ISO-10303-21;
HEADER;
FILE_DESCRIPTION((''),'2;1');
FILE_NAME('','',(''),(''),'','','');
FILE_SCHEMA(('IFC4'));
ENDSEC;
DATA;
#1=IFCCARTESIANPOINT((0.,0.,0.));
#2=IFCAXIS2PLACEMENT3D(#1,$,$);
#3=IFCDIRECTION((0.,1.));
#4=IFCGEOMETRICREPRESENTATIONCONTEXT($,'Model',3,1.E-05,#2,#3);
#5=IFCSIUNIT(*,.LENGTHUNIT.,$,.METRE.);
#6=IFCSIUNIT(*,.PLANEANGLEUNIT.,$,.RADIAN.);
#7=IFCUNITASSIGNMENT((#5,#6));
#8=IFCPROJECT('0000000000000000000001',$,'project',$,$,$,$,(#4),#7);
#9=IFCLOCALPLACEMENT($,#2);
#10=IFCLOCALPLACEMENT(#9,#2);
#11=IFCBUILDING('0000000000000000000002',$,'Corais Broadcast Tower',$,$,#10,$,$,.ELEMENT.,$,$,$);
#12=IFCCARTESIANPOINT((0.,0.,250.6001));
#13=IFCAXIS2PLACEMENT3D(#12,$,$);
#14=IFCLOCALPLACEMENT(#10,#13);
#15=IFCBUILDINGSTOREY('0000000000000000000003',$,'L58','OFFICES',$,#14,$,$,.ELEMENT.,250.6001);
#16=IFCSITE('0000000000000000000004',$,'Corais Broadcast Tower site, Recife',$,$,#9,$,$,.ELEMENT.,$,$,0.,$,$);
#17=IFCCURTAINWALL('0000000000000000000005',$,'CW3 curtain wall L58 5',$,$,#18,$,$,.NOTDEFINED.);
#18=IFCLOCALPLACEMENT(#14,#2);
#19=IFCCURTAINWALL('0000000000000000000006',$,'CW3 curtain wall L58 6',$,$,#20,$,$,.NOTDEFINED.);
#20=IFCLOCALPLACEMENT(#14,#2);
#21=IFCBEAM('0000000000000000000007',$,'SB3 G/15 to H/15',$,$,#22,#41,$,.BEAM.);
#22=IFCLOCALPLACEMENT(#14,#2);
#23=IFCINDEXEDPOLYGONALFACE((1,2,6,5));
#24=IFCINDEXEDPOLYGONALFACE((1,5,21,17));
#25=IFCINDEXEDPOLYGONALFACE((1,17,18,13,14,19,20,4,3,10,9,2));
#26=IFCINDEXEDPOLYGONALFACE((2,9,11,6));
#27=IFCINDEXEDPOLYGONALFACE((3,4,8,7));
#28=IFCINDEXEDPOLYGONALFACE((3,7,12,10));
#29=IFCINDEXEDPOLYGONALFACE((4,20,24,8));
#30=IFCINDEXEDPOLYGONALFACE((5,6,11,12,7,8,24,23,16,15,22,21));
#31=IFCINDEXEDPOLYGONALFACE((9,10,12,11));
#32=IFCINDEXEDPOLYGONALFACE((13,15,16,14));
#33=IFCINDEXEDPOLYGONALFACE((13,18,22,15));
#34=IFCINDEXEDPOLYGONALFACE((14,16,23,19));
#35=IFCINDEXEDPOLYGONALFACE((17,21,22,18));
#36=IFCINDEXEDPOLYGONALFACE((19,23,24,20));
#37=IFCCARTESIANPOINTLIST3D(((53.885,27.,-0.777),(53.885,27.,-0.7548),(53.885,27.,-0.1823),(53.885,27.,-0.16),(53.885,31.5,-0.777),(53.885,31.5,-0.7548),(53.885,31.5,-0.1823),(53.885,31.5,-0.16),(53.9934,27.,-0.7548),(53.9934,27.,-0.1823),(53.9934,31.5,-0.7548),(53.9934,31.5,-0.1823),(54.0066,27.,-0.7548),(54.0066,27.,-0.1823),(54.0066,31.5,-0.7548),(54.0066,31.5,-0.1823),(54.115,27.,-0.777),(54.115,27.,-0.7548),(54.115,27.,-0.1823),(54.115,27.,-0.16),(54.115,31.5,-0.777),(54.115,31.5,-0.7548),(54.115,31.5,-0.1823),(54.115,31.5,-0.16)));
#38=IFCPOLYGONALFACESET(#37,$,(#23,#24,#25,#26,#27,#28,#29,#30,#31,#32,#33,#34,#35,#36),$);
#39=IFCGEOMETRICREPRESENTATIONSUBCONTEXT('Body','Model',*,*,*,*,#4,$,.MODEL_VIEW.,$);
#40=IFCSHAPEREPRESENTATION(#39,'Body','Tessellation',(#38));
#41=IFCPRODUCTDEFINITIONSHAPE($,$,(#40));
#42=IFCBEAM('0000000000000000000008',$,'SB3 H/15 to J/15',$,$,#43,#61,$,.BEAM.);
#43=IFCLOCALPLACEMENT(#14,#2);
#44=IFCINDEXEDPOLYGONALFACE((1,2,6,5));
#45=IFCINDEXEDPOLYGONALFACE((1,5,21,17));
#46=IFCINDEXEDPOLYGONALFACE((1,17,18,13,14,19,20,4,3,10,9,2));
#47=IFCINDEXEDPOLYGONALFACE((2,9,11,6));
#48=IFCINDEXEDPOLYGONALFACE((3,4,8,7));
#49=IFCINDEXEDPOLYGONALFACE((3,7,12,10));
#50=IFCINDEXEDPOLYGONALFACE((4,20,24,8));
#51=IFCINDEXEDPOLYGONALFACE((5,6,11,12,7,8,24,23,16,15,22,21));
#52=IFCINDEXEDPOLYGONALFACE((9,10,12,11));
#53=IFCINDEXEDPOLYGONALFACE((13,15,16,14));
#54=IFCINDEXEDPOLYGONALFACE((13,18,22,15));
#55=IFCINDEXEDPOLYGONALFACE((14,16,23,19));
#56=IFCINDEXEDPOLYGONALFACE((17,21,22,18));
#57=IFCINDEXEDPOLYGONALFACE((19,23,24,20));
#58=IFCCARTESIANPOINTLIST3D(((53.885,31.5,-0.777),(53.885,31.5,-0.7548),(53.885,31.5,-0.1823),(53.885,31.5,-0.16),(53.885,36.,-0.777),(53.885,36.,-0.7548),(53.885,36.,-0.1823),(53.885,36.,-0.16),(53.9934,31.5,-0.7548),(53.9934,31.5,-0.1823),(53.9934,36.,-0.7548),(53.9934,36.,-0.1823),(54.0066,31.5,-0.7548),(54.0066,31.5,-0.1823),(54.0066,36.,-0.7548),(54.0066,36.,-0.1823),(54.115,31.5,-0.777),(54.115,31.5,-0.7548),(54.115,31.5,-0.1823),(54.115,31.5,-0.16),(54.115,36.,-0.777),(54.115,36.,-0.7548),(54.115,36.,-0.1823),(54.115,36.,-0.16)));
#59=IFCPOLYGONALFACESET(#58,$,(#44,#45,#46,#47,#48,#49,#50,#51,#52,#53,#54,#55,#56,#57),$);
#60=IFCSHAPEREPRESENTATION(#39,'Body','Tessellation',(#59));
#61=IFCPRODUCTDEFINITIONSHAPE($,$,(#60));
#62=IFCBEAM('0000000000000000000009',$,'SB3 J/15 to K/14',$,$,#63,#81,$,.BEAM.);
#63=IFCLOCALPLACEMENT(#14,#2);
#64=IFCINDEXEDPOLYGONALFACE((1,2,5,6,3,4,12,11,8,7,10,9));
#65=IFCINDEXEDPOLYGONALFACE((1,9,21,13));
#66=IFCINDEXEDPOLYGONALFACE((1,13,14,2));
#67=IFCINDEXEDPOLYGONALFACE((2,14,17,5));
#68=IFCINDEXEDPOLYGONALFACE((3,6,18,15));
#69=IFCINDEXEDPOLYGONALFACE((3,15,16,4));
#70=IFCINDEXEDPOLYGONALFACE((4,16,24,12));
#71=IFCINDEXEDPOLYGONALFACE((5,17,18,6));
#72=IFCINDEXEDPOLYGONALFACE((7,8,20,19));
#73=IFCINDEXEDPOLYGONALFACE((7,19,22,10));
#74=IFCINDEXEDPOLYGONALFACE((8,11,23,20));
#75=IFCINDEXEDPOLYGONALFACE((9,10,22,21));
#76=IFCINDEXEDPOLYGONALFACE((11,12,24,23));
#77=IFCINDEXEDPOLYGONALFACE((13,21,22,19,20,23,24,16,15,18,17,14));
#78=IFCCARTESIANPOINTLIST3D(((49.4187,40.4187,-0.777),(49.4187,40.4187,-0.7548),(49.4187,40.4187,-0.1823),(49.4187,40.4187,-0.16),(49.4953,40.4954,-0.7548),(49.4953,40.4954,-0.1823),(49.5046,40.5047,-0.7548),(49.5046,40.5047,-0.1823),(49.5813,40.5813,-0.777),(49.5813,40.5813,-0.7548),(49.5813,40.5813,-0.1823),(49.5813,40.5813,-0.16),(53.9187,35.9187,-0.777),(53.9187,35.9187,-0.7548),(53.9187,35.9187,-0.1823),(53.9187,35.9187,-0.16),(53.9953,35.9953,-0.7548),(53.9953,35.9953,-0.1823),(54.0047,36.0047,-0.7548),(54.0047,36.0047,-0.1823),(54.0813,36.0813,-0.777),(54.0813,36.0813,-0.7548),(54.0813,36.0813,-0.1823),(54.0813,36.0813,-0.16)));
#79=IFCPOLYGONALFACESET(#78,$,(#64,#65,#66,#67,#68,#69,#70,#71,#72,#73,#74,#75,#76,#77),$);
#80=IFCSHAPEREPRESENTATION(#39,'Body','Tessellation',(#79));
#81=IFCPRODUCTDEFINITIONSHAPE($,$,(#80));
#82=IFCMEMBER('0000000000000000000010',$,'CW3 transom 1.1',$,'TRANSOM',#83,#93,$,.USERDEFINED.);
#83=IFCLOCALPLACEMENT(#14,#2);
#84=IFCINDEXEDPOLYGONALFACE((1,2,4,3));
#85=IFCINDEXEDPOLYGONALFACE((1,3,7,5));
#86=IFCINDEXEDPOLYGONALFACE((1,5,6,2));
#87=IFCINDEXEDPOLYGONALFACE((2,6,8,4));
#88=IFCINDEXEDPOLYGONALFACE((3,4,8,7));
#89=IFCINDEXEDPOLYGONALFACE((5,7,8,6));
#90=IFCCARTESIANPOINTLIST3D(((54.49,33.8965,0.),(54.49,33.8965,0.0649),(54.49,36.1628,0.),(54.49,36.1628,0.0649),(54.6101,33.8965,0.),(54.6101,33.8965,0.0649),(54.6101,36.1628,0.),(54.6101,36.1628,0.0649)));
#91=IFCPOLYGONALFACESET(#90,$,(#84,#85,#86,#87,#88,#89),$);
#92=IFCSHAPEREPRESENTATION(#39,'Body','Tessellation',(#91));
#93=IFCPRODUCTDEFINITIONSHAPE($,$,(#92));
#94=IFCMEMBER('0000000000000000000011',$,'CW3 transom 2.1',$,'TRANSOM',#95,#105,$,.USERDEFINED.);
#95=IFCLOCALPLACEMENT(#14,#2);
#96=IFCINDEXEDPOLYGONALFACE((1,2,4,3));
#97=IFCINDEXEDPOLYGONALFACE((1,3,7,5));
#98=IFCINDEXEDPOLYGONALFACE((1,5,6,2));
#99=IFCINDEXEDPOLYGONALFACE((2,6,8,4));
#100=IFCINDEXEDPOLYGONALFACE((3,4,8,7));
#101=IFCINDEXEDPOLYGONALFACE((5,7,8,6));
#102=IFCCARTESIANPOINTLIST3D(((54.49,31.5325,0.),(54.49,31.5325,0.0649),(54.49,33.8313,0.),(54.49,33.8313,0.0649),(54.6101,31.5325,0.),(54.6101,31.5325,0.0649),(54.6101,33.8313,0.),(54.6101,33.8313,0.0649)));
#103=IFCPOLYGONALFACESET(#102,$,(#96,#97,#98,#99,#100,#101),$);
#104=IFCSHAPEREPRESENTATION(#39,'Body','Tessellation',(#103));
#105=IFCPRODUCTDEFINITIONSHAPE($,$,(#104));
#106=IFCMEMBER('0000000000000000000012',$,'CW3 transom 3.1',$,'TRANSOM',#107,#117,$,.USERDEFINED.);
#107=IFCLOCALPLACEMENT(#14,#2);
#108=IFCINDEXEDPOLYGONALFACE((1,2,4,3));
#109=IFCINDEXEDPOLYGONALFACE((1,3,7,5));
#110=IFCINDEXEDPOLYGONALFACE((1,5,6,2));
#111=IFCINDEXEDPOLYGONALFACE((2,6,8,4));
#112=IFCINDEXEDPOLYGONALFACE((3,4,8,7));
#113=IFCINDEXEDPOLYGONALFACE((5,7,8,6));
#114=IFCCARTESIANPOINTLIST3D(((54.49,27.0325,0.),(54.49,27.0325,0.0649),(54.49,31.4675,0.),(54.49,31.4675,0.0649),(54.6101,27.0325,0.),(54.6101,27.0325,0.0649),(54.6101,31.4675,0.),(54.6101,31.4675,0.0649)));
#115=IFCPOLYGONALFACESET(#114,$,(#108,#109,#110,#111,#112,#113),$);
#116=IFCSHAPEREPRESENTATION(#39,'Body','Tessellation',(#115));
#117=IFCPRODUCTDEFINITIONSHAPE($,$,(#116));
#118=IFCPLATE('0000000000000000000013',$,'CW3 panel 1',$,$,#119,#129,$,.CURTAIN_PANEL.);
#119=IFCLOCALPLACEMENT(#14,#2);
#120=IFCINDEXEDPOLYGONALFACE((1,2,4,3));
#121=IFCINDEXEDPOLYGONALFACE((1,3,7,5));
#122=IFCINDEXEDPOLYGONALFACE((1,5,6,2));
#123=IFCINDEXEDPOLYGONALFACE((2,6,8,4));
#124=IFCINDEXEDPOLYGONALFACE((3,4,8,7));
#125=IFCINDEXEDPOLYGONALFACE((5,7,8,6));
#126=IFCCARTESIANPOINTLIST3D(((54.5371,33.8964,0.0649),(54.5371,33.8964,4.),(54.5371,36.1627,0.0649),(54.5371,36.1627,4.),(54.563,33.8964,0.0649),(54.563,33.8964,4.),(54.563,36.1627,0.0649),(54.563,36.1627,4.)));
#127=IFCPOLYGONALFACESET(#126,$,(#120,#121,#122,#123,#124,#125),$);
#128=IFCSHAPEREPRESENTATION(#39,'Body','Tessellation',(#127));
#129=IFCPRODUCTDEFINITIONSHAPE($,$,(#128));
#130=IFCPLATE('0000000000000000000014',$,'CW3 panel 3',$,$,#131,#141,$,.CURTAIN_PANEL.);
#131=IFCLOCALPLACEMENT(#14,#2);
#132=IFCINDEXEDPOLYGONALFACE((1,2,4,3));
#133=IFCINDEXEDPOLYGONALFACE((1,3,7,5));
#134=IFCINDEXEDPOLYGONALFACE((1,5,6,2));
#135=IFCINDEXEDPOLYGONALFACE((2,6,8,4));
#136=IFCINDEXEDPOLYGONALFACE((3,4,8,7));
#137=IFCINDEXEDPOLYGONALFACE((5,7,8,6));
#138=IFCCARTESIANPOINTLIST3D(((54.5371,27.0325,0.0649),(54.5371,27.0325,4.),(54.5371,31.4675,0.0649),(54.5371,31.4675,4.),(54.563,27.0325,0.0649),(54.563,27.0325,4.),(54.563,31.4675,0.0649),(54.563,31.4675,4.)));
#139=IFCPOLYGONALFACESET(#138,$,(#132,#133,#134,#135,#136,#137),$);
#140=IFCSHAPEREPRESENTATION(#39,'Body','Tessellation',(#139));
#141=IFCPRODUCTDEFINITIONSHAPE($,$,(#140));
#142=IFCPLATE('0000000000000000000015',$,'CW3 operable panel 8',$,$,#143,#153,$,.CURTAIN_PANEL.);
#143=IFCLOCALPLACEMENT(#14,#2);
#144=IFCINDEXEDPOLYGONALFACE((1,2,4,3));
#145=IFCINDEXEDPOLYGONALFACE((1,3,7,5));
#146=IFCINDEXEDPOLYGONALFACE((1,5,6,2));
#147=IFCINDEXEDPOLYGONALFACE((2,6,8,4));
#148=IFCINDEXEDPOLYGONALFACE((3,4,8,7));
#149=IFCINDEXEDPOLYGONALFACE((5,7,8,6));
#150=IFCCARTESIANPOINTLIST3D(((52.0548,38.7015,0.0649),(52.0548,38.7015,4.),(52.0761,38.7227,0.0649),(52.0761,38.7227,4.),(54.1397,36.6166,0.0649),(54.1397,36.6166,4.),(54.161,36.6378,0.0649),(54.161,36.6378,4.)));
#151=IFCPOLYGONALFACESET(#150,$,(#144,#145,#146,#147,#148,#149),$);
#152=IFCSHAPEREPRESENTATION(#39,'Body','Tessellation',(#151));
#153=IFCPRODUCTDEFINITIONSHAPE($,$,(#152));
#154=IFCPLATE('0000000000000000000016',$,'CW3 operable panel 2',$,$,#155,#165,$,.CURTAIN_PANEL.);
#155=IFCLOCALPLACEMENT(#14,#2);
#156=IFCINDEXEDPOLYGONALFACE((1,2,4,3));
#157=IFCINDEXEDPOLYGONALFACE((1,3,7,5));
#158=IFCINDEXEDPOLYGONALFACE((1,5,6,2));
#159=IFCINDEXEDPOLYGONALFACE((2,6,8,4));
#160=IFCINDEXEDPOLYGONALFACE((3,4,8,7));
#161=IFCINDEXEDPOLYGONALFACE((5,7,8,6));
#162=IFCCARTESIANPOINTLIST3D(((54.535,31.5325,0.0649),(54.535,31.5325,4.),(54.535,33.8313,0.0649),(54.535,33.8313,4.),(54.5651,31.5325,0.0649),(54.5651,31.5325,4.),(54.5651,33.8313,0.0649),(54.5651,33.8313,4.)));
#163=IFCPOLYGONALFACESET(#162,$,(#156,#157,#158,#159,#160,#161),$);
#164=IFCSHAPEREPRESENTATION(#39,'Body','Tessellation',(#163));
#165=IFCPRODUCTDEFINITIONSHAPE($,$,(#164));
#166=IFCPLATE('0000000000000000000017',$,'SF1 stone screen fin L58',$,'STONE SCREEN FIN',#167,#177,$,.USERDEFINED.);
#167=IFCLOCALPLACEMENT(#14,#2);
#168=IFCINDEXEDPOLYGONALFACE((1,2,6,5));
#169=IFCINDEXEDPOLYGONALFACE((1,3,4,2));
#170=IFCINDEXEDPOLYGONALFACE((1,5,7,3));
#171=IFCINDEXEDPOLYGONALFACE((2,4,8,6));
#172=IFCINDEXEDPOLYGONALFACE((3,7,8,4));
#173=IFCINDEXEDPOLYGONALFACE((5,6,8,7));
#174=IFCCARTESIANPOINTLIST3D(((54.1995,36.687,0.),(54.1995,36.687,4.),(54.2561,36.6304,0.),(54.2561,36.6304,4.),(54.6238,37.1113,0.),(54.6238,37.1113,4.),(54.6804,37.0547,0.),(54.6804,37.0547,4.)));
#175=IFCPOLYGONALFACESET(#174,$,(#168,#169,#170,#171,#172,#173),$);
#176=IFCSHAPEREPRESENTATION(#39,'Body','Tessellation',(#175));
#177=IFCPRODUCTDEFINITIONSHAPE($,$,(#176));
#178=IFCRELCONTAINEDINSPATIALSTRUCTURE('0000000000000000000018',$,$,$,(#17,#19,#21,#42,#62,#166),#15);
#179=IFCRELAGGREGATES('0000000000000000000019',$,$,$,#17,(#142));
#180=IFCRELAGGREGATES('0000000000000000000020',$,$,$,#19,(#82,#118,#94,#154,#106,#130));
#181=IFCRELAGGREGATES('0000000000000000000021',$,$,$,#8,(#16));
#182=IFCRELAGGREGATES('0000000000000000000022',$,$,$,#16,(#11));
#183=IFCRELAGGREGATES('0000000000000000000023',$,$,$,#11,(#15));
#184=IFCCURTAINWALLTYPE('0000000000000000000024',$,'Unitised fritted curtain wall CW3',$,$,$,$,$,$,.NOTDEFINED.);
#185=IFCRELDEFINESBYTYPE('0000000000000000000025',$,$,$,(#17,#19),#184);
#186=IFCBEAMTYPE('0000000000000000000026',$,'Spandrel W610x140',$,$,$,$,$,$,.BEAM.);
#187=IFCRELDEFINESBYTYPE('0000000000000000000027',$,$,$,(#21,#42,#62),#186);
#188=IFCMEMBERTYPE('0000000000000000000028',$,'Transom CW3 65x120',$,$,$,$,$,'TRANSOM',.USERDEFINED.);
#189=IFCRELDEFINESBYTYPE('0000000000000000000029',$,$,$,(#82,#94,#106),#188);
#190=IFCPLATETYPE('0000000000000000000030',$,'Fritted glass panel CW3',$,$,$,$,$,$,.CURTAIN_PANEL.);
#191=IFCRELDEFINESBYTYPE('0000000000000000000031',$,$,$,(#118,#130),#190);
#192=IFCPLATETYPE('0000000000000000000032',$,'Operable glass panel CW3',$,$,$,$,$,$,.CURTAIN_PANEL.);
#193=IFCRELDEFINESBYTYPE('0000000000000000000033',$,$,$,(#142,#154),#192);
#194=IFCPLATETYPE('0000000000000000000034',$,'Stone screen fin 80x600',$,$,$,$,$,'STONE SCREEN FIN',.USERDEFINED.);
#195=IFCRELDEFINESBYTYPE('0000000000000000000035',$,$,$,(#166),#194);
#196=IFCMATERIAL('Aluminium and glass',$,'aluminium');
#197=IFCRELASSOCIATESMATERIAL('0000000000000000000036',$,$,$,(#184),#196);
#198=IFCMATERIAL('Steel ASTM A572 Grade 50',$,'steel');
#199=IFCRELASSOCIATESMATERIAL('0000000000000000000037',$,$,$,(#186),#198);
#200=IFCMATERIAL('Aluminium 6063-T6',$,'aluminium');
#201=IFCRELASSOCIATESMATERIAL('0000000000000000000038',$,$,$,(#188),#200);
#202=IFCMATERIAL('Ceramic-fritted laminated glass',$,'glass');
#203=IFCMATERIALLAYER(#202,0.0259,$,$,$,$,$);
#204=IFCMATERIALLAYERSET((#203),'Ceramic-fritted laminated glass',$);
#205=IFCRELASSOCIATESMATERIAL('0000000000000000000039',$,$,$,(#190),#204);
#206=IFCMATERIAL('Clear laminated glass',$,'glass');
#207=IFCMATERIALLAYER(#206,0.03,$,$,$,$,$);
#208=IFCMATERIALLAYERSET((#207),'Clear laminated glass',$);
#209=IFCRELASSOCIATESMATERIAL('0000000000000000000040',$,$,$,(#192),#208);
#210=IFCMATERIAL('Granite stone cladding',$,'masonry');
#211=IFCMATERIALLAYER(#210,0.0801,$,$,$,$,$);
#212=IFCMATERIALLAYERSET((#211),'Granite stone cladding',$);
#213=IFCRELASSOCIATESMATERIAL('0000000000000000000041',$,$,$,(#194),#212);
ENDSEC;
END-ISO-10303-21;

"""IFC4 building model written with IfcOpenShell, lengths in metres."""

from ifc_helpers import new_model, si_unit, direction, frame, origin, origin_2d, place, context, subcontext, project, spatial, rectangle, i_section, extrude, material, layer, layer_set, material_profile, profile_set, type_object, element, aggregate, save


model = new_model("IFC4")

# Units and contexts
model_context = context("Model", 3, precision=1e-05, world=origin(), true_north=direction((0.0, 1.0)))
body_context = subcontext(model_context, "Body", "Model", "MODEL_VIEW")
ifc_project = project(units=[si_unit("LENGTHUNIT", "METRE"), si_unit("PLANEANGLEUNIT", "RADIAN")], contexts=[model_context])

# Site, building, storey
site_placement = place(None, origin())
site = spatial("IfcSite", under=ifc_project, at=site_placement, Name="Corais Broadcast Tower site, Recife", CompositionType="ELEMENT", RefElevation=0.0)
building_placement = place(site_placement, origin())
building = spatial("IfcBuilding", under=site, at=building_placement, Name="Corais Broadcast Tower", CompositionType="ELEMENT")
storey_placement = place(building_placement, frame((0.0, 0.0, 250.6001)))
storey = spatial("IfcBuildingStorey", under=building, at=storey_placement, Name="L58", Description="OFFICES", CompositionType="ELEMENT", Elevation=250.6001)

# Curtain wall
ifc_material_1 = material(Name="Aluminium and glass", Category="aluminium")
curtain_wall_type = type_object("IfcCurtainWallType", Name="Unitised fritted curtain wall CW3", PredefinedType="NOTDEFINED", material=ifc_material_1)
curtain_wall_1_placement = place(storey_placement, origin())
curtain_wall_1 = element("IfcCurtainWall", 1, at=curtain_wall_1_placement, inside=storey, type_object=curtain_wall_type, Name="CW3 curtain wall L58 5", PredefinedType="NOTDEFINED")

# Curtain wall
curtain_wall_2_placement = place(storey_placement, origin())
curtain_wall_2 = element("IfcCurtainWall", 2, at=curtain_wall_2_placement, inside=storey, type_object=curtain_wall_type, Name="CW3 curtain wall L58 6", PredefinedType="NOTDEFINED")

# Beams
ifc_material_2 = material(Name="Steel ASTM A572 Grade 50", Category="steel")
ifc_material_profile_1 = material_profile(ifc_material_2, i_section(OverallWidth=0.23, OverallDepth=0.6169, WebThickness=0.0132, FlangeThickness=0.0222, at=origin_2d()), Name="W610x140")
ifc_profile_set_1 = profile_set([ifc_material_profile_1], Name="Steel ASTM A572 Grade 50")
beam_type_1 = type_object("IfcBeamType", Name="Spandrel W610x140", PredefinedType="BEAM", material=ifc_profile_set_1)
for number, where, z_axis, x_axis, name in (
    (3, (54.0, 27.0, -0.4685), (0.0, 1.0, 0.0), (-1.0, 0.0, 0.0), "SB3 G/15 to H/15"),
    (4, (54.0, 31.5, -0.4685), (0.0, 1.0, 0.0), (-1.0, 0.0, 0.0), "SB3 H/15 to J/15"),
):
    element("IfcBeam", number, at=place(storey_placement, frame(where, z_axis=z_axis, x_axis=x_axis)), inside=storey, type_object=beam_type_1, Name=name, PredefinedType="BEAM", context=body_context, shape_type="SweptSolid", body=[
        extrude(i_section(OverallWidth=0.23, OverallDepth=0.6169, WebThickness=0.0132, FlangeThickness=0.0222, at=origin_2d()), origin(), (0.0, 0.0, 1.0), 4.5),
    ])
beam_placement = place(storey_placement, frame((54.0, 36.0, -0.4685), z_axis=(-0.707107, 0.707107, 0.0), x_axis=(-0.707107, -0.707107, 0.0)))
element("IfcBeam", 5, at=beam_placement, inside=storey, type_object=beam_type_1, Name="SB3 J/15 to K/14", PredefinedType="BEAM", context=body_context, shape_type="SweptSolid", body=[
    extrude(i_section(OverallWidth=0.23, OverallDepth=0.6169, WebThickness=0.0132, FlangeThickness=0.0222, at=origin_2d()), origin(), (0.0, 0.0, 1.0), 6.364),
])

# Members
ifc_material_3 = material(Name="Aluminium 6063-T6", Category="aluminium")
ifc_material_profile_2 = material_profile(ifc_material_3, rectangle(XDim=0.1201, YDim=0.0649, at=origin_2d()), Name="Transom CW3 65x120")
ifc_profile_set_2 = profile_set([ifc_material_profile_2], Name="Aluminium 6063-T6")
member_type_1 = type_object("IfcMemberType", Name="Transom CW3 65x120", ElementType="TRANSOM", PredefinedType="USERDEFINED", material=ifc_profile_set_2)
member_1_placement = place(storey_placement, frame((54.55, 36.1628, 0.0325), z_axis=(0.0, -1.0, 0.0), x_axis=(1.0, 0.0, 0.0)))
member_1 = element("IfcMember", 6, at=member_1_placement, type_object=member_type_1, Name="CW3 transom 1.1", ObjectType="TRANSOM", PredefinedType="USERDEFINED", context=body_context, shape_type="SweptSolid", body=[
    extrude(rectangle(XDim=0.1201, YDim=0.0649, at=origin_2d()), origin(), (0.0, 0.0, 1.0), 2.2664),
])
member_2_placement = place(storey_placement, frame((54.55, 33.8313, 0.0325), z_axis=(0.0, -1.0, 0.0), x_axis=(1.0, 0.0, 0.0)))
member_2 = element("IfcMember", 7, at=member_2_placement, type_object=member_type_1, Name="CW3 transom 2.1", ObjectType="TRANSOM", PredefinedType="USERDEFINED", context=body_context, shape_type="SweptSolid", body=[
    extrude(rectangle(XDim=0.1201, YDim=0.0649, at=origin_2d()), origin(), (0.0, 0.0, 1.0), 2.2988),
])
member_3_placement = place(storey_placement, frame((54.55, 31.4675, 0.0325), z_axis=(0.0, -1.0, 0.0), x_axis=(1.0, 0.0, 0.0)))
member_3 = element("IfcMember", 8, at=member_3_placement, type_object=member_type_1, Name="CW3 transom 3.1", ObjectType="TRANSOM", PredefinedType="USERDEFINED", context=body_context, shape_type="SweptSolid", body=[
    extrude(rectangle(XDim=0.1201, YDim=0.0649, at=origin_2d()), origin(), (0.0, 0.0, 1.0), 4.4351),
])

# Plates
ifc_material_4 = material(Name="Ceramic-fritted laminated glass", Category="glass")
ifc_layer_1 = layer(ifc_material_4, 0.0259)
ifc_layer_set_1 = layer_set([ifc_layer_1], Name="Ceramic-fritted laminated glass")
plate_type_1 = type_object("IfcPlateType", Name="Fritted glass panel CW3", PredefinedType="CURTAIN_PANEL", material=ifc_layer_set_1)
plate_1_placement = place(storey_placement, frame((54.55, 35.0295, 0.0649), z_axis=(0.0, 0.0, 1.0), x_axis=(0.0, -1.0, 0.0)))
plate_1 = element("IfcPlate", 9, at=plate_1_placement, type_object=plate_type_1, Name="CW3 panel 1", PredefinedType="CURTAIN_PANEL", context=body_context, shape_type="SweptSolid", body=[
    extrude(rectangle(XDim=2.2664, YDim=0.0259, at=origin_2d()), origin(), (0.0, 0.0, 1.0), 3.9351),
])
plate_2_placement = place(storey_placement, frame((54.55, 29.25, 0.0649), z_axis=(0.0, 0.0, 1.0), x_axis=(0.0, -1.0, 0.0)))
plate_2 = element("IfcPlate", 10, at=plate_2_placement, type_object=plate_type_1, Name="CW3 panel 3", PredefinedType="CURTAIN_PANEL", context=body_context, shape_type="SweptSolid", body=[
    extrude(rectangle(XDim=4.4351, YDim=0.0259, at=origin_2d()), origin(), (0.0, 0.0, 1.0), 3.9351),
])
ifc_material_5 = material(Name="Clear laminated glass", Category="glass")
ifc_layer_2 = layer(ifc_material_5, 0.03)
ifc_layer_set_2 = layer_set([ifc_layer_2], Name="Clear laminated glass")
plate_type_2 = type_object("IfcPlateType", Name="Operable glass panel CW3", PredefinedType="CURTAIN_PANEL", material=ifc_layer_set_2)
plate_3_placement = place(storey_placement, frame((53.1079, 37.6697, 0.0649), z_axis=(0.0, 0.0, 1.0), x_axis=(0.707107, -0.707107, 0.0)))
plate_3 = element("IfcPlate", 11, at=plate_3_placement, type_object=plate_type_2, Name="CW3 operable panel 8", PredefinedType="CURTAIN_PANEL", context=body_context, shape_type="SweptSolid", body=[
    extrude(rectangle(XDim=2.9485, YDim=0.03, at=origin_2d()), origin(), (0.0, 0.0, 1.0), 3.9351),
])
aggregate(curtain_wall_1, [plate_3])
plate_4_placement = place(storey_placement, frame((54.55, 32.6819, 0.0649), z_axis=(0.0, 0.0, 1.0), x_axis=(0.0, -1.0, 0.0)))
plate_4 = element("IfcPlate", 12, at=plate_4_placement, type_object=plate_type_2, Name="CW3 operable panel 2", PredefinedType="CURTAIN_PANEL", context=body_context, shape_type="SweptSolid", body=[
    extrude(rectangle(XDim=2.2988, YDim=0.03, at=origin_2d()), origin(), (0.0, 0.0, 1.0), 3.9351),
])
aggregate(curtain_wall_2, [member_1, plate_1, member_2, plate_4, member_3, plate_2])
ifc_material_6 = material(Name="Granite stone cladding", Category="masonry")
ifc_layer_3 = layer(ifc_material_6, 0.0801)
ifc_layer_set_3 = layer_set([ifc_layer_3], Name="Granite stone cladding")
plate_type_3 = type_object("IfcPlateType", Name="Stone screen fin 80x600", ElementType="STONE SCREEN FIN", PredefinedType="USERDEFINED", material=ifc_layer_set_3)
plate_5_placement = place(storey_placement, frame((54.4399, 36.8708, 0.0), z_axis=(0.0, 0.0, 1.0), x_axis=(0.707107, -0.707107, 0.0)))
element("IfcPlate", 13, at=plate_5_placement, inside=storey, type_object=plate_type_3, Name="SF1 stone screen fin L58", ObjectType="STONE SCREEN FIN", PredefinedType="USERDEFINED", context=body_context, shape_type="SweptSolid", body=[
    extrude(rectangle(XDim=0.0801, YDim=0.6001, at=origin_2d()), origin(), (0.0, 0.0, 1.0), 4.0),
])

save(model, "model.ifc")
